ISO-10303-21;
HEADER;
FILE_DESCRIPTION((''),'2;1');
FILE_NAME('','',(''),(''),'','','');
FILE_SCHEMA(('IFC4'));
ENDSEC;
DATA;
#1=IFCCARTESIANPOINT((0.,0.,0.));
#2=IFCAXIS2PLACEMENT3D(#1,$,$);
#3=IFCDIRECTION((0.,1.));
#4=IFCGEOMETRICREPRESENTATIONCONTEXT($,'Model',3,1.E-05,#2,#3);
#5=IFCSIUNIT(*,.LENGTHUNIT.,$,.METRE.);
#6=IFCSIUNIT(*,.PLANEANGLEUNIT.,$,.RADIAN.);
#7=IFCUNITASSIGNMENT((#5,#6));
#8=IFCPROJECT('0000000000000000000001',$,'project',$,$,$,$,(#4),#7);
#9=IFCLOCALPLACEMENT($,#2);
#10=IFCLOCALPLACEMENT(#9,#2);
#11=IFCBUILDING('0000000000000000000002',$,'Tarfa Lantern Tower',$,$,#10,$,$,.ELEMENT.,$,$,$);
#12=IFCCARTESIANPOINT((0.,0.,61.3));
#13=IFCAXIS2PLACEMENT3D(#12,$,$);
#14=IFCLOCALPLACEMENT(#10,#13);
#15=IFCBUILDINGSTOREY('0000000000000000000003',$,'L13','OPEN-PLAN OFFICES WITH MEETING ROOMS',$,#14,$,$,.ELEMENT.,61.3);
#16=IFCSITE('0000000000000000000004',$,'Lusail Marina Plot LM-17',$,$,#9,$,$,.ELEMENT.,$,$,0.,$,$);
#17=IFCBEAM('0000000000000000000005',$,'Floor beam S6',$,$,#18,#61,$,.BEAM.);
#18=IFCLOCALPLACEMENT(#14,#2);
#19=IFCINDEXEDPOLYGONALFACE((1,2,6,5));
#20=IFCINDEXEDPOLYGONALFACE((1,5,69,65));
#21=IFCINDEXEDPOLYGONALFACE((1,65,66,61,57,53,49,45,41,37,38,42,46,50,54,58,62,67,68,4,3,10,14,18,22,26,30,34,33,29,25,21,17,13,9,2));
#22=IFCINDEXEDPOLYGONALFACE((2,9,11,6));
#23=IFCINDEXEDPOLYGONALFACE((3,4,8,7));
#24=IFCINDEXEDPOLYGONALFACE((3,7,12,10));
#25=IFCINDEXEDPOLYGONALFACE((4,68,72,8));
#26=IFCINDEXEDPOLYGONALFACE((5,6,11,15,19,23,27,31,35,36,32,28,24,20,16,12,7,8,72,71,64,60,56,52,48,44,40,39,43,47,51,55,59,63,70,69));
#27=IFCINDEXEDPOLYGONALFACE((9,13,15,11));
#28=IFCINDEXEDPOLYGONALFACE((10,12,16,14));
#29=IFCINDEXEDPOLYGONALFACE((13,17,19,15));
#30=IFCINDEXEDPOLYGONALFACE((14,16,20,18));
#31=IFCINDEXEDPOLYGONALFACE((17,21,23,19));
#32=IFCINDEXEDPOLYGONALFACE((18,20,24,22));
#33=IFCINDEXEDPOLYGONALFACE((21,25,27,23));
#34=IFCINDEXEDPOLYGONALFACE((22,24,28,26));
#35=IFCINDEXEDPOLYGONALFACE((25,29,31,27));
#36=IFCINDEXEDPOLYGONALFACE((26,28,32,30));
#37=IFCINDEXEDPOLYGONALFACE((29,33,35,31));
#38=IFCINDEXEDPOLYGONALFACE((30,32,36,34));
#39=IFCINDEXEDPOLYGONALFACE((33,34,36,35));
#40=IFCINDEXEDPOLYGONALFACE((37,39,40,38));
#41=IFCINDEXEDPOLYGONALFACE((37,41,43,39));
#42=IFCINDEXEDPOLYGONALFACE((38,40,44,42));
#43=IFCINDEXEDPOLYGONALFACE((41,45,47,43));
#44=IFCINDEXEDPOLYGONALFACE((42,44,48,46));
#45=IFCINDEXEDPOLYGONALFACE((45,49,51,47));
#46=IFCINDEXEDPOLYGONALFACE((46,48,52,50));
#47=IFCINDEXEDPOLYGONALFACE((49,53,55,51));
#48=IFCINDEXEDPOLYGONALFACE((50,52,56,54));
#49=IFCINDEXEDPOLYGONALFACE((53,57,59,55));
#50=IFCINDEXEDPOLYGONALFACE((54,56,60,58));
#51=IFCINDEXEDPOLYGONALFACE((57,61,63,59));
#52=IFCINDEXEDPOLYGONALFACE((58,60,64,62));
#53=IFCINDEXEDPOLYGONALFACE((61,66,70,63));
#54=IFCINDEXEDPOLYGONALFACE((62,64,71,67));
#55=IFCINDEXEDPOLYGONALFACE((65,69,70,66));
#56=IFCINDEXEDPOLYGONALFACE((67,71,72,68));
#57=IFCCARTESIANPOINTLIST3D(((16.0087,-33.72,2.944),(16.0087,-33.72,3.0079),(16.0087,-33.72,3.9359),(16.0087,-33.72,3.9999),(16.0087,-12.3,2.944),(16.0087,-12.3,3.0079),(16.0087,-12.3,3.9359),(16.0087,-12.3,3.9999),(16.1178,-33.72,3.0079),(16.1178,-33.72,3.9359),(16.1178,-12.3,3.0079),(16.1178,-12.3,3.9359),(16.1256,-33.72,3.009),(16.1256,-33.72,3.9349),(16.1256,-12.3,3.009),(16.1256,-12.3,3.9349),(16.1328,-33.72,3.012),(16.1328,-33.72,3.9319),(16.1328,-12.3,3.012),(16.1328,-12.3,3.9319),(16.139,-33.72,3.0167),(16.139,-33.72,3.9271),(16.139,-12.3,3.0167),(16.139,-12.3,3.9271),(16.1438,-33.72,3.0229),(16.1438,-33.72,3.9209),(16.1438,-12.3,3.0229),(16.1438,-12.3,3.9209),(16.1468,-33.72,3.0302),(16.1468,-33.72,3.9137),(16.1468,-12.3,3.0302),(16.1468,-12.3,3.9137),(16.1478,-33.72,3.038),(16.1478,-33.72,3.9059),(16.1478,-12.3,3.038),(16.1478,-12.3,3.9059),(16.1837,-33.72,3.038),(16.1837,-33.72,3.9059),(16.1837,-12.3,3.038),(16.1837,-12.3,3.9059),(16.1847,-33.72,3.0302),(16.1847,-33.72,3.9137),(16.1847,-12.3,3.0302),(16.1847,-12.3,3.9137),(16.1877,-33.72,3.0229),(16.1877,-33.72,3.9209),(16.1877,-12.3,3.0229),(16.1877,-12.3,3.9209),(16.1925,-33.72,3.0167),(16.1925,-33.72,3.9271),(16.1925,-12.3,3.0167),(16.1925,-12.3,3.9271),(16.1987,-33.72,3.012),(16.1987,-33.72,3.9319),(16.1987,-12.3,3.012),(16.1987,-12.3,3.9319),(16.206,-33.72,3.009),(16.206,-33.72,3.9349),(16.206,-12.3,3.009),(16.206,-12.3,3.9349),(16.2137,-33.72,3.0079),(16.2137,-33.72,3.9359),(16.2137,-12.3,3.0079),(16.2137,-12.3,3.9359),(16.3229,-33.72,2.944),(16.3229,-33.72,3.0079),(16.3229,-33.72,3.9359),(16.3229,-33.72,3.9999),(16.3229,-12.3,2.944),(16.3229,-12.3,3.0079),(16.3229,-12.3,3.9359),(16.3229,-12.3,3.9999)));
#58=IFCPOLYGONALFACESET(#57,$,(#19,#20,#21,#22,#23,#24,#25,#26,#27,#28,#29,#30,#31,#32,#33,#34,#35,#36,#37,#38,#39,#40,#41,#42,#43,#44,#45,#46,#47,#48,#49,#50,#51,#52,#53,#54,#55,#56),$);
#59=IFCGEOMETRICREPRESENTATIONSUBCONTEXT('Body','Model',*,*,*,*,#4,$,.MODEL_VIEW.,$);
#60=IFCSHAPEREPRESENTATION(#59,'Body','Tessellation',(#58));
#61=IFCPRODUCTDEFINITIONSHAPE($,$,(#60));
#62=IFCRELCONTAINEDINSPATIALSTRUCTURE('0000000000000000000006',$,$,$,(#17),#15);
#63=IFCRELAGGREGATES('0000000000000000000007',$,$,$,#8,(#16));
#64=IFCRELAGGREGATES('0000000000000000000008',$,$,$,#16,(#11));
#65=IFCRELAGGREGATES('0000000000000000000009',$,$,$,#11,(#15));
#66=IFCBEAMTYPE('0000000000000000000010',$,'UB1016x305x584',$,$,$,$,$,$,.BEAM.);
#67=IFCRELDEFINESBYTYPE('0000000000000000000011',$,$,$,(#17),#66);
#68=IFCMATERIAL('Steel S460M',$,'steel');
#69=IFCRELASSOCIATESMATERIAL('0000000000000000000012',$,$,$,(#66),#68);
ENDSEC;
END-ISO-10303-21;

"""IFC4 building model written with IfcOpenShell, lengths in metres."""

from ifc_helpers import new_model, si_unit, direction, frame, origin, origin_2d, place, context, subcontext, project, spatial, i_section, extrude, material, material_profile, profile_set, type_object, element, save


model = new_model("IFC4")

# Units and contexts
model_context = context("Model", 3, precision=1e-05, world=origin(), true_north=direction((0.0, 1.0)))
body_context = subcontext(model_context, "Body", "Model", "MODEL_VIEW")
ifc_project = project(units=[si_unit("LENGTHUNIT", "METRE"), si_unit("PLANEANGLEUNIT", "RADIAN")], contexts=[model_context])

# Site, building, storey
site_placement = place(None, origin())
site = spatial("IfcSite", under=ifc_project, at=site_placement, Name="Lusail Marina Plot LM-17", CompositionType="ELEMENT", RefElevation=0.0)
building_placement = place(site_placement, origin())
building = spatial("IfcBuilding", under=site, at=building_placement, Name="Tarfa Lantern Tower", CompositionType="ELEMENT")
storey_placement = place(building_placement, frame((0.0, 0.0, 61.3)))
storey = spatial("IfcBuildingStorey", under=building, at=storey_placement, Name="L13", Description="OPEN-PLAN OFFICES WITH MEETING ROOMS", CompositionType="ELEMENT", Elevation=61.3)

# Beam
ifc_material_1 = material(Name="Steel S460M", Category="steel")
ifc_material_profile_1 = material_profile(ifc_material_1, i_section(OverallWidth=0.3142, OverallDepth=1.0559, WebThickness=0.0359, FlangeThickness=0.064, FilletRadius=0.03, at=origin_2d()), Name="UB1016x305x584")
ifc_profile_set_1 = profile_set([ifc_material_profile_1], Name="Steel S460M")
beam_type_1 = type_object("IfcBeamType", Name="UB1016x305x584", PredefinedType="BEAM", material=ifc_profile_set_1)
beam_1_placement = place(storey_placement, frame((16.1658, -33.72, 3.4719), z_axis=(0.0, 1.0, 0.0), x_axis=(-1.0, 0.0, 0.0)))
element("IfcBeam", 1, at=beam_1_placement, inside=storey, type_object=beam_type_1, Name="Floor beam S6", PredefinedType="BEAM", context=body_context, shape_type="SweptSolid", body=[
    extrude(i_section(OverallWidth=0.3142, OverallDepth=1.0559, WebThickness=0.0359, FlangeThickness=0.064, FilletRadius=0.03, at=origin_2d()), origin(), (0.0, 0.0, 1.0), 21.4199),
])

save(model, "model.ifc")
